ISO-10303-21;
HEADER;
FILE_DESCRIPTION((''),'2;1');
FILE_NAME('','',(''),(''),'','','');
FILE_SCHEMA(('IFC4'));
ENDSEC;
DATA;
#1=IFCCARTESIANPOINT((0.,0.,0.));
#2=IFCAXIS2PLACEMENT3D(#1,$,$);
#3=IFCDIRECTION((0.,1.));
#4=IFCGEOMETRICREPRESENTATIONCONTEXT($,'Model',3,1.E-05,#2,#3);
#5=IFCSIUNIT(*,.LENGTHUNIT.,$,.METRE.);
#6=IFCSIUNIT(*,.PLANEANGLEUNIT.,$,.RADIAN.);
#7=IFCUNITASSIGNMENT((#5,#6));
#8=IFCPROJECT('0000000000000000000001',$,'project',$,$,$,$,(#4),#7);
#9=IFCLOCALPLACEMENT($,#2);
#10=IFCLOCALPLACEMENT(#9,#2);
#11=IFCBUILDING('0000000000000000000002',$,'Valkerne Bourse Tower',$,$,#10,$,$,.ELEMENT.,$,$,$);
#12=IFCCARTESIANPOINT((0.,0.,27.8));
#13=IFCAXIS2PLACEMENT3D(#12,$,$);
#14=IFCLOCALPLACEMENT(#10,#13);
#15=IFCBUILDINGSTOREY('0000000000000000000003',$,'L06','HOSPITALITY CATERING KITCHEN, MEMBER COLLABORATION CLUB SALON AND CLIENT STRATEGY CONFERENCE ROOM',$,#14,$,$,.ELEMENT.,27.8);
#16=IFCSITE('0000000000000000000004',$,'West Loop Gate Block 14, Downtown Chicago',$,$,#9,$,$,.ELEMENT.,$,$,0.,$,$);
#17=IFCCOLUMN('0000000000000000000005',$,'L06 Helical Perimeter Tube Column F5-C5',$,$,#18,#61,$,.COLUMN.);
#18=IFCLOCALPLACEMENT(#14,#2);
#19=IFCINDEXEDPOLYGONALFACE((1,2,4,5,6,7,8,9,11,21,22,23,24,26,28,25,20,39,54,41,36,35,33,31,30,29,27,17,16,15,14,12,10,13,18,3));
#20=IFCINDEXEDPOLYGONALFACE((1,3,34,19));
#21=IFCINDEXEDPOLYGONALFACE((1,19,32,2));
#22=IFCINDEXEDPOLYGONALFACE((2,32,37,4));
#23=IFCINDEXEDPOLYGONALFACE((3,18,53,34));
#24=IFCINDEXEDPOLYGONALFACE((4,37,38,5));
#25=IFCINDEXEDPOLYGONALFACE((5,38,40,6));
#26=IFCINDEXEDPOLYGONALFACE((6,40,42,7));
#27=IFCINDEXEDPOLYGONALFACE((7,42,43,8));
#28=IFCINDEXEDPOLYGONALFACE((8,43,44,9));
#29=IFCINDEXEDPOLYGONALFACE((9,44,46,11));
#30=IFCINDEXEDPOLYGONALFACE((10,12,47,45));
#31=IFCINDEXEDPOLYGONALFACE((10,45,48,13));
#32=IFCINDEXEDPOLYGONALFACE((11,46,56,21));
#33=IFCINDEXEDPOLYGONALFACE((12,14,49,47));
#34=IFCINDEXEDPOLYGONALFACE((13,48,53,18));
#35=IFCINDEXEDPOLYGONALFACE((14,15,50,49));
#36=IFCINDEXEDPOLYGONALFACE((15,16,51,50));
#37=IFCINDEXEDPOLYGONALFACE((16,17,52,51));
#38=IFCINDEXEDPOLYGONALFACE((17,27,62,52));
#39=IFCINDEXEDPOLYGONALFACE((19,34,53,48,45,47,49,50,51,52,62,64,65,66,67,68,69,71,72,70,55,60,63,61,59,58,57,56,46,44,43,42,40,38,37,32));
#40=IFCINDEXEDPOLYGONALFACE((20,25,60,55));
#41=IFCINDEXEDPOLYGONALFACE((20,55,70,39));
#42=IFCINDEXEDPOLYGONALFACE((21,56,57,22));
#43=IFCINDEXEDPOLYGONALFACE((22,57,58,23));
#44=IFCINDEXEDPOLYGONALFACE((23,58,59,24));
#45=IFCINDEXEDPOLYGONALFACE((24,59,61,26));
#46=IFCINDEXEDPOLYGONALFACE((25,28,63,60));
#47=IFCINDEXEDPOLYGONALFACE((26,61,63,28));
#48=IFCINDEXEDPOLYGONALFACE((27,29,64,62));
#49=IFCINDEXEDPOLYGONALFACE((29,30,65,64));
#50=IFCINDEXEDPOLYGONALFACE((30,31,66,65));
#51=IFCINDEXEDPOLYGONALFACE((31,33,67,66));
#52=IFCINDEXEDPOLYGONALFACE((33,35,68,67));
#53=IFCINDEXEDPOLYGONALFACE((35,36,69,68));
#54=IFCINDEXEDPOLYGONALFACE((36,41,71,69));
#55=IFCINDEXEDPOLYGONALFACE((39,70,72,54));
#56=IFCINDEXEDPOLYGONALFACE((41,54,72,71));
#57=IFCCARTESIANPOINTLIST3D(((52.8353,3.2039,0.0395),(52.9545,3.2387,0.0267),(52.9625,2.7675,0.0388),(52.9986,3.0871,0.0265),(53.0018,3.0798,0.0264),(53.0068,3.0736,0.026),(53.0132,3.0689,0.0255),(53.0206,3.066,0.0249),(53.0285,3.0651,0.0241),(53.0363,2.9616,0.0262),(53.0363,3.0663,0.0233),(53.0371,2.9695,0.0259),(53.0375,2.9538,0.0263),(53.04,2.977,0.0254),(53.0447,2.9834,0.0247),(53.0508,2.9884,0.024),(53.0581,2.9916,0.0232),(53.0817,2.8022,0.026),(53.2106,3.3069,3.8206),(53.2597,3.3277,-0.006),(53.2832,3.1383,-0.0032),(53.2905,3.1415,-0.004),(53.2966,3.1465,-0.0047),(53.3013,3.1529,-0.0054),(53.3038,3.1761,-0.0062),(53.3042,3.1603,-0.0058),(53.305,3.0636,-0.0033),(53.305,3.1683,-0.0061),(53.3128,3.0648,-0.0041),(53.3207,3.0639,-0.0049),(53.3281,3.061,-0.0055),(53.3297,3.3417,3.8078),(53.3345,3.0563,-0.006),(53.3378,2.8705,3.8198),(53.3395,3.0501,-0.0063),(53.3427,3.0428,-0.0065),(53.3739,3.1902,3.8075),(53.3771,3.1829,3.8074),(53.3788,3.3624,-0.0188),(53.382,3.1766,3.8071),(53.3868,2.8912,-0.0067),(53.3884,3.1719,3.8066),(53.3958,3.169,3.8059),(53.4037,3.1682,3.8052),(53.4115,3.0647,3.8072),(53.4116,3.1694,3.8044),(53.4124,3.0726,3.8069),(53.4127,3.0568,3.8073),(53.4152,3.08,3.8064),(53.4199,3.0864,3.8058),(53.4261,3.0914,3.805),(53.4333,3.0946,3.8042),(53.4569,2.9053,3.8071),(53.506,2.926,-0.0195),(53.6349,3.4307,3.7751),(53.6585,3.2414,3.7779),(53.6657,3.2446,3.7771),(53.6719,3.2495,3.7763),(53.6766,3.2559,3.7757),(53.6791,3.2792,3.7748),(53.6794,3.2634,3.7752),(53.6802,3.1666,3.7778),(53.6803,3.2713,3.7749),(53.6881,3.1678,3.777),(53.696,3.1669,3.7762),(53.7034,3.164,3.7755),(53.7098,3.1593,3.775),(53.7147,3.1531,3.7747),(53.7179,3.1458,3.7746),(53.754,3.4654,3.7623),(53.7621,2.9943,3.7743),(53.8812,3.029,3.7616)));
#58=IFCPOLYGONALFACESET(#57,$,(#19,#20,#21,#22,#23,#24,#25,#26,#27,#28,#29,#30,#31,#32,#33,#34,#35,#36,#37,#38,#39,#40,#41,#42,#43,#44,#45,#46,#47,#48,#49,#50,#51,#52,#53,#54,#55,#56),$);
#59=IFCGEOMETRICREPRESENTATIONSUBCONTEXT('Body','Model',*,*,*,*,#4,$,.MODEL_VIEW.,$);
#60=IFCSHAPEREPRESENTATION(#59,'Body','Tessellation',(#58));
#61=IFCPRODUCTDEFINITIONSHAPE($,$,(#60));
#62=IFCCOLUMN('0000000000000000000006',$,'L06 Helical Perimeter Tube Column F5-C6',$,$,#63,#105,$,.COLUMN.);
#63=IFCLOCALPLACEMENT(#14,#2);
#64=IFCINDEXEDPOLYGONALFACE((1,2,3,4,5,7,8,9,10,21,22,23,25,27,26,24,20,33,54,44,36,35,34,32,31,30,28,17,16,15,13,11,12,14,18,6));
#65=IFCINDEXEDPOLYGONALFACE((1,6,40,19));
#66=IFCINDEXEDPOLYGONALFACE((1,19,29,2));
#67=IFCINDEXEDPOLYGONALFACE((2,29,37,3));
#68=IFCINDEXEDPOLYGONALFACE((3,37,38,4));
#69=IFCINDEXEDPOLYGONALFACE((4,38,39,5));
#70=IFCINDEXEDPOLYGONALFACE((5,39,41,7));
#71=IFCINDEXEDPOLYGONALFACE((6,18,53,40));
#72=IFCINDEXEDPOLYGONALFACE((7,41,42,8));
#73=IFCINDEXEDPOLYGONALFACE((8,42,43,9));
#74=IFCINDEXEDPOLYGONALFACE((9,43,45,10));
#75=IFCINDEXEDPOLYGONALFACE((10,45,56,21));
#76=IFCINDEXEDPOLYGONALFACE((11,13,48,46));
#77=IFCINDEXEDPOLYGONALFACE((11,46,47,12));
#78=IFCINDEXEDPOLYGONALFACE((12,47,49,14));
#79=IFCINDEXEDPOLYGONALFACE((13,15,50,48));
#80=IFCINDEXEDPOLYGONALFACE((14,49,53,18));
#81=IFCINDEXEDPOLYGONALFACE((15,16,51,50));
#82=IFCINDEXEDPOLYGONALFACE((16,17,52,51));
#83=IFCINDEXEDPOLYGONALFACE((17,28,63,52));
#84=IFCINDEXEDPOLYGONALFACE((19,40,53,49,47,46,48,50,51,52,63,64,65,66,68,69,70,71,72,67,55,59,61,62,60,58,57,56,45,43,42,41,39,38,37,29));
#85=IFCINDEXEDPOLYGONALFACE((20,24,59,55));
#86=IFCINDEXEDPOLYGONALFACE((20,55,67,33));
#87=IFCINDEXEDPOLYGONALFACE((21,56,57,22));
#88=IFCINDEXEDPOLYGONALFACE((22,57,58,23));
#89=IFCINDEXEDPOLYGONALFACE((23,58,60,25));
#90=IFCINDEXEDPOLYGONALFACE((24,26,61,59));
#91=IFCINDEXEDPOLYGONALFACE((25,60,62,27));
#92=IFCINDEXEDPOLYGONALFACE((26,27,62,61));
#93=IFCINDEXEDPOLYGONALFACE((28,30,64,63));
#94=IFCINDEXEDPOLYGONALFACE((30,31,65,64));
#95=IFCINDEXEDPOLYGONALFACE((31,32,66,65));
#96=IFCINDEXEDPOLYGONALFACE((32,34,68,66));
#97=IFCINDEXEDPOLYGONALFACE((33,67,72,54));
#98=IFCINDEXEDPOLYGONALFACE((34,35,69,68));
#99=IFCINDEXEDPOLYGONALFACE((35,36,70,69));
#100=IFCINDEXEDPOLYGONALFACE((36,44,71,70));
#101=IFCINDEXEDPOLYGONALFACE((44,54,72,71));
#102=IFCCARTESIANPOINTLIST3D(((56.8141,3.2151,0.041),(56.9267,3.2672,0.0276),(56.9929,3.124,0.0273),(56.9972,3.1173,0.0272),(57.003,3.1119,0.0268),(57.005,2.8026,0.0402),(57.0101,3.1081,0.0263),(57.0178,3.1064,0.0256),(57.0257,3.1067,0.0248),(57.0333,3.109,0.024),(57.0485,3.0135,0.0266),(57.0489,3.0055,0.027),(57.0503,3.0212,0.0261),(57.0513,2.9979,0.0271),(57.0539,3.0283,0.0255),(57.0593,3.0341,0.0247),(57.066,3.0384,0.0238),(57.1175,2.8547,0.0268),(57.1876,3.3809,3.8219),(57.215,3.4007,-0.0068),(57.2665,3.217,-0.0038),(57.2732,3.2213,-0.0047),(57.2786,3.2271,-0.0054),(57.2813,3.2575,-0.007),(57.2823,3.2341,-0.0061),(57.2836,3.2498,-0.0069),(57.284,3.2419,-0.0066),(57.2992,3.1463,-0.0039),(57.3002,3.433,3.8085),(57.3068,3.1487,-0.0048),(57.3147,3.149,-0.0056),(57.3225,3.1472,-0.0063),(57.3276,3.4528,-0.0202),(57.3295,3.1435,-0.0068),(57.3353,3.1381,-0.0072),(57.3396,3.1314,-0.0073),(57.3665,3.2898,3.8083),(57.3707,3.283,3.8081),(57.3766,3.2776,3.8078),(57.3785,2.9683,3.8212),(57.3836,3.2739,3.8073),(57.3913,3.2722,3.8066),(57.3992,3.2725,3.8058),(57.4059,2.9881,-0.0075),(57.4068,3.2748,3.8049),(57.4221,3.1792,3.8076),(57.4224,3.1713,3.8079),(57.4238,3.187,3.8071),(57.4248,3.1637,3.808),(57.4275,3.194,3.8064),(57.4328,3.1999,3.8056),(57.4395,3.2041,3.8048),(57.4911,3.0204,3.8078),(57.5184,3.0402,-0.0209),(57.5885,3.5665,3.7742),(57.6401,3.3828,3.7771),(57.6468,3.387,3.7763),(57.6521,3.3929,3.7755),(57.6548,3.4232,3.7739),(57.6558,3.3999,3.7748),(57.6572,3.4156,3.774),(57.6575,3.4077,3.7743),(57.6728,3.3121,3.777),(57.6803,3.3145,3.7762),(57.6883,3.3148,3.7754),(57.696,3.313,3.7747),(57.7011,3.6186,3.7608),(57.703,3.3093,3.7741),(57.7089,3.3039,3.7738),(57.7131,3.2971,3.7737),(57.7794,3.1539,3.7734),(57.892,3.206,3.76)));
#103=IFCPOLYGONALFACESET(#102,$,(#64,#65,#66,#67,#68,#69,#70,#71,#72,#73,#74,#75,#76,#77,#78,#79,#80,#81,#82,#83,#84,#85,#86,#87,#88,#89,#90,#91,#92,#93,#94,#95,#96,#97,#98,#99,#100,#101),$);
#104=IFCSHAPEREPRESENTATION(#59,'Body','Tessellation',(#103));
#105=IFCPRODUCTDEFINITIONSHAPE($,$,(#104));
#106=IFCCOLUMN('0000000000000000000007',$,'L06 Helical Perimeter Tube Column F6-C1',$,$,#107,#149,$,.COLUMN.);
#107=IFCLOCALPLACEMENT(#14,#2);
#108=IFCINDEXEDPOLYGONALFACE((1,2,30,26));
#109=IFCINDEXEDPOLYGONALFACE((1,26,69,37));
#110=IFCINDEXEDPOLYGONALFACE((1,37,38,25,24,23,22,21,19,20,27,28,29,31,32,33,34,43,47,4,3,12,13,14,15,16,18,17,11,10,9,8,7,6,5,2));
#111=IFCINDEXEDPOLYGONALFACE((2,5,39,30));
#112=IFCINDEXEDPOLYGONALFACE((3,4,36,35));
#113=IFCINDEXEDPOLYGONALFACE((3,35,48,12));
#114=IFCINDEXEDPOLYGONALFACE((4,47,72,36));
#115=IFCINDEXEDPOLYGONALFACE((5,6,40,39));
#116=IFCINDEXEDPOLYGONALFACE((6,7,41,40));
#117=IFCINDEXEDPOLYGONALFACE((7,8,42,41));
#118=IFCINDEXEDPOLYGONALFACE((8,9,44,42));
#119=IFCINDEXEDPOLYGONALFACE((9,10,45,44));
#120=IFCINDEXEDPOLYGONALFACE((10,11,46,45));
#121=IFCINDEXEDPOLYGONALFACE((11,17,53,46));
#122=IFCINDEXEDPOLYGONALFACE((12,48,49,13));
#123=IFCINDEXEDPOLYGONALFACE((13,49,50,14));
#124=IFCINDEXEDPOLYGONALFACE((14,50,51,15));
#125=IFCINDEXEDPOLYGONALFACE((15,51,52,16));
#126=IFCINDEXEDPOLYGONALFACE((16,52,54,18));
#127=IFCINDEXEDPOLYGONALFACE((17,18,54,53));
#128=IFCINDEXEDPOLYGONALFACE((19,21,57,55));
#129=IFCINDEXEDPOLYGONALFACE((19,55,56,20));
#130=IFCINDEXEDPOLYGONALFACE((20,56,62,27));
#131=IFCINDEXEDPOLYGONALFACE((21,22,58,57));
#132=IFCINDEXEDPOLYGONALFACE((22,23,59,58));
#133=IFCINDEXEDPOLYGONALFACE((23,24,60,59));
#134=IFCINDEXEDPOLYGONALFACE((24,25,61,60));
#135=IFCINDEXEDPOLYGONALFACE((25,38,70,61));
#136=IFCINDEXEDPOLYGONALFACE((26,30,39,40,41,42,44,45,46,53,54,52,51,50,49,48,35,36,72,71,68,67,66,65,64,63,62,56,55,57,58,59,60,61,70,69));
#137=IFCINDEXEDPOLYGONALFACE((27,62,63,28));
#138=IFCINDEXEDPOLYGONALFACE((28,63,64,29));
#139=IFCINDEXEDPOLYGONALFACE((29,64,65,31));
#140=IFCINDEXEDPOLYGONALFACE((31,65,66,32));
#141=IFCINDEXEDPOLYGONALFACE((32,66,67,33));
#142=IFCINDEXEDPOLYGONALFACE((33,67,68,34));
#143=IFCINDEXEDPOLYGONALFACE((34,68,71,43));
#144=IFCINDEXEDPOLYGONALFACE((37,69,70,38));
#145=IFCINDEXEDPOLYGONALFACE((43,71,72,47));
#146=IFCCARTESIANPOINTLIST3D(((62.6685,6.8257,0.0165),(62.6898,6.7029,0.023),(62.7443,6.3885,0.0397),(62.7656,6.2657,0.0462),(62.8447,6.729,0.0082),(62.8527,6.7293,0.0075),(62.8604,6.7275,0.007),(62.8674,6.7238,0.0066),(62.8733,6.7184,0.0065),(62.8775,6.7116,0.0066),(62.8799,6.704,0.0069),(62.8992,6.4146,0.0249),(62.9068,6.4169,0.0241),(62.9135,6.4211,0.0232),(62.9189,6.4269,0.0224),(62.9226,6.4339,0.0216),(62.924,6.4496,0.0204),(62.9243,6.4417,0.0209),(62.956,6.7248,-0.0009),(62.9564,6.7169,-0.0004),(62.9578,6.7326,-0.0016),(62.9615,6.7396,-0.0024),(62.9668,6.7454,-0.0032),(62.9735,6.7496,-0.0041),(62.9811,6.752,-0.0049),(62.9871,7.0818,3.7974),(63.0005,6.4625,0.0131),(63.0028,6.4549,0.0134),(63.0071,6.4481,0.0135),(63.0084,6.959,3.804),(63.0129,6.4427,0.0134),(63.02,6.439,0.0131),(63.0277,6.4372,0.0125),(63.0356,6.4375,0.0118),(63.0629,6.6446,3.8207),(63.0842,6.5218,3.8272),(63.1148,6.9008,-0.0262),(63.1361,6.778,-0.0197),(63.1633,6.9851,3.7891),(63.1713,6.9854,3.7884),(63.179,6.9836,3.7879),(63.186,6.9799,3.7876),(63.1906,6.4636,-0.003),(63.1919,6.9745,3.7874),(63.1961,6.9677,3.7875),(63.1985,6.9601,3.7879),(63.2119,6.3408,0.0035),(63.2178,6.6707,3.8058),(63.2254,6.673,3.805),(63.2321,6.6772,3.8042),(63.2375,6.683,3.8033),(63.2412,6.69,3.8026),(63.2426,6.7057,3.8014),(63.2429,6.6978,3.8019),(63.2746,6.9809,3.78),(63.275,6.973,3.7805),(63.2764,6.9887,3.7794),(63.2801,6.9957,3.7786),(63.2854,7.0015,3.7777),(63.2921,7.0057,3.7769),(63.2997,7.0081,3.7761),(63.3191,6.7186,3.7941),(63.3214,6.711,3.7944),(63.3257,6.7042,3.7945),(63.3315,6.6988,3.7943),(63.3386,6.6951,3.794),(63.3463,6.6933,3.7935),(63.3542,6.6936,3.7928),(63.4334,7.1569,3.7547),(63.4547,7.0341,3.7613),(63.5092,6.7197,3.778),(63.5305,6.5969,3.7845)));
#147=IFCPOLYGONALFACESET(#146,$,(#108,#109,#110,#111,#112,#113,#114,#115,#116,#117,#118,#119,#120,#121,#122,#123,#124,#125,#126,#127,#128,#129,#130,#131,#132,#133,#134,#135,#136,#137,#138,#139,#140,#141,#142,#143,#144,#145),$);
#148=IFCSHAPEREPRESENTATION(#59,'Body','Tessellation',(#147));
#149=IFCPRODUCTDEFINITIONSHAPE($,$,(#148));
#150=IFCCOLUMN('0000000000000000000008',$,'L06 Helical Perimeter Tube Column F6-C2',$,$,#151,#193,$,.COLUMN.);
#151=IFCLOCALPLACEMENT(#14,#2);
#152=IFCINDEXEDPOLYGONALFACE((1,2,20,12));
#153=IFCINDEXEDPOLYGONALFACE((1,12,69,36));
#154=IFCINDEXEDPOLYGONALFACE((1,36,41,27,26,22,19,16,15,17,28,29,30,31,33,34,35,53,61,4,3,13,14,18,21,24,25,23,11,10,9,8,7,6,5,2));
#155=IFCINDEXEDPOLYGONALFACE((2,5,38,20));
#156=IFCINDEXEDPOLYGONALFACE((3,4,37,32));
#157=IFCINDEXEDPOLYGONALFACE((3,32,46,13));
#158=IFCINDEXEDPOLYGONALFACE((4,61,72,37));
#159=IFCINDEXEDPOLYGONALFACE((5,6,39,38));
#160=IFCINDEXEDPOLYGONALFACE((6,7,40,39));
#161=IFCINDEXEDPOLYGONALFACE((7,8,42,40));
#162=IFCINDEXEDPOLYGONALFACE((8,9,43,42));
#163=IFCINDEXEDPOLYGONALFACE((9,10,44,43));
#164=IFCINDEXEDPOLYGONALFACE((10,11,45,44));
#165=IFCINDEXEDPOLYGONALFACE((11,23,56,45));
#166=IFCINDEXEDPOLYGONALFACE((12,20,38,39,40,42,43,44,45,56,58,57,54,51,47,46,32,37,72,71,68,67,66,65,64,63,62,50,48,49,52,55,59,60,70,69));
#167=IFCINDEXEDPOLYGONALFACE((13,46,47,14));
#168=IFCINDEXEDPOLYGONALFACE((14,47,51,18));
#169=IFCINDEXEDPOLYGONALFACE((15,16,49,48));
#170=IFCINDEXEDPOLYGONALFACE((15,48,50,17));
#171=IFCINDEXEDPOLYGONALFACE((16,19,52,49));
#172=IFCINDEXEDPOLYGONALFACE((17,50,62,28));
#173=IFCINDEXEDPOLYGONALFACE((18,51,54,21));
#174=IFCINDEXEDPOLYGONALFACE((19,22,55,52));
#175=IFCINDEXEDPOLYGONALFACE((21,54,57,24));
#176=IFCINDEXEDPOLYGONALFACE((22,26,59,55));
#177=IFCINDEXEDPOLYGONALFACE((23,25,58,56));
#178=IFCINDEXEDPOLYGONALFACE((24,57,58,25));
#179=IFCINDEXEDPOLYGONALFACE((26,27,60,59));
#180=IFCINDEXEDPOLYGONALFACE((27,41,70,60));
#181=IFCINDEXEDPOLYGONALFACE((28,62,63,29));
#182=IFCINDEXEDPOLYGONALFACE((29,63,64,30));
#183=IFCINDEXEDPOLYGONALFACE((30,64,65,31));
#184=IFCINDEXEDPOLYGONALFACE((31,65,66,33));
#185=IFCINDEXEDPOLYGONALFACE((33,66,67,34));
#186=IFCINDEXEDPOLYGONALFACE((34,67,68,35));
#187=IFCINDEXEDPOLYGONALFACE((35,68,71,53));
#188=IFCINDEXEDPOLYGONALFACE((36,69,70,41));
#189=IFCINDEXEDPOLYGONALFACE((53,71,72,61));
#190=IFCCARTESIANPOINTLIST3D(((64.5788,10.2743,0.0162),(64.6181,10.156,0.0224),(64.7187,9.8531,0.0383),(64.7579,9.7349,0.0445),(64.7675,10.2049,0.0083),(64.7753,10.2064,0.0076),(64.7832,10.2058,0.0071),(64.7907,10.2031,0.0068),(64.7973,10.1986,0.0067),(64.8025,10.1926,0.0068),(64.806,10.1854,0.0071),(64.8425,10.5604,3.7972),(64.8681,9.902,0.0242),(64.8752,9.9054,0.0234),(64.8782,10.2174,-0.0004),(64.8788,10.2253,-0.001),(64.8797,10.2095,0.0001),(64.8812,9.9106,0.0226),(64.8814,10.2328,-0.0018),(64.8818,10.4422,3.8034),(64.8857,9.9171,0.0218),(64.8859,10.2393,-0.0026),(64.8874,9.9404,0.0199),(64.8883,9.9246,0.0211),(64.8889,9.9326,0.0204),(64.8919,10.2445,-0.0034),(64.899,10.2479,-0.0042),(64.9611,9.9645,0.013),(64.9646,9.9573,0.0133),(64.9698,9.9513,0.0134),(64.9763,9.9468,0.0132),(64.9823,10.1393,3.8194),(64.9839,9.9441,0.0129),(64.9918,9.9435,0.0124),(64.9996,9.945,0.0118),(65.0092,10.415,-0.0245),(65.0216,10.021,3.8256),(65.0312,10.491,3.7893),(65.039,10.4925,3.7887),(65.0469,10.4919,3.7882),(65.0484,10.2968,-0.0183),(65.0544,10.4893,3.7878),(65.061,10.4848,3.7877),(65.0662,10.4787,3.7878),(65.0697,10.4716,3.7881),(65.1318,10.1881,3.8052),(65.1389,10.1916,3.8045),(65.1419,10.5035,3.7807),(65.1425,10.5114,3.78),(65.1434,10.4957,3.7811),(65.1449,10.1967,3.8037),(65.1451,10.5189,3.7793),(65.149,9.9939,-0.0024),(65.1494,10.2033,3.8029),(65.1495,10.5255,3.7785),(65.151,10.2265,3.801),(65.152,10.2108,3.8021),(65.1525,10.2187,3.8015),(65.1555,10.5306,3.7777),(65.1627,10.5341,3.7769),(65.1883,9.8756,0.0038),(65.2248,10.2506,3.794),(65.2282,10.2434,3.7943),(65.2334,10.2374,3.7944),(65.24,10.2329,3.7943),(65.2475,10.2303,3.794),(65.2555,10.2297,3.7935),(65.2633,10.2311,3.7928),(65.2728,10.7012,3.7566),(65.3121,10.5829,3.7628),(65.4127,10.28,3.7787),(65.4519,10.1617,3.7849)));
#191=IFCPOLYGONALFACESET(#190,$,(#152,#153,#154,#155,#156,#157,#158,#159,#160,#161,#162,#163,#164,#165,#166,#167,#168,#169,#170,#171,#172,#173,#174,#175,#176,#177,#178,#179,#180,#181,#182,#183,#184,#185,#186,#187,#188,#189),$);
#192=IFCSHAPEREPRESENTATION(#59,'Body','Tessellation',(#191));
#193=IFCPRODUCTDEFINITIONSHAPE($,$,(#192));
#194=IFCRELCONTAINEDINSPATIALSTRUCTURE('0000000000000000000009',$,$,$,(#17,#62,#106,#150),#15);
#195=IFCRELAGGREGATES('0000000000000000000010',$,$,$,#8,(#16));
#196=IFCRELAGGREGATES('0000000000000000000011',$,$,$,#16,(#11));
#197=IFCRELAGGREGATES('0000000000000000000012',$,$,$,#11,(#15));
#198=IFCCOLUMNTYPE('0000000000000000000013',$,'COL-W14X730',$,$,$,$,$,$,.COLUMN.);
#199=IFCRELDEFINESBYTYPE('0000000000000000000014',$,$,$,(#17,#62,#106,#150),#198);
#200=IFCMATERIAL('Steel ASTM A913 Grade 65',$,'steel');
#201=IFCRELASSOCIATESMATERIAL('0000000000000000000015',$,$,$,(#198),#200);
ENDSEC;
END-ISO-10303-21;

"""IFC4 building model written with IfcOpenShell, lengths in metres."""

from ifc_helpers import new_model, si_unit, direction, frame, origin, origin_2d, place, context, subcontext, project, spatial, i_section, extrude, material, material_profile, profile_set, type_object, element, save


model = new_model("IFC4")

# Units and contexts
model_context = context("Model", 3, precision=1e-05, world=origin(), true_north=direction((0.0, 1.0)))
body_context = subcontext(model_context, "Body", "Model", "MODEL_VIEW")
ifc_project = project(units=[si_unit("LENGTHUNIT", "METRE"), si_unit("PLANEANGLEUNIT", "RADIAN")], contexts=[model_context])

# Site, building, storey
site_placement = place(None, origin())
site = spatial("IfcSite", under=ifc_project, at=site_placement, Name="West Loop Gate Block 14, Downtown Chicago", CompositionType="ELEMENT", RefElevation=0.0)
building_placement = place(site_placement, origin())
building = spatial("IfcBuilding", under=site, at=building_placement, Name="Valkerne Bourse Tower", CompositionType="ELEMENT")
storey_placement = place(building_placement, frame((0.0, 0.0, 27.8)))
storey = spatial("IfcBuildingStorey", under=building, at=storey_placement, Name="L06", Description="HOSPITALITY CATERING KITCHEN, MEMBER COLLABORATION CLUB SALON AND CLIENT STRATEGY CONFERENCE ROOM", CompositionType="ELEMENT", Elevation=27.8)

# Columns
ifc_material_1 = material(Name="Steel ASTM A913 Grade 65", Category="steel")
ifc_material_profile_1 = material_profile(ifc_material_1, i_section(OverallWidth=0.4546, OverallDepth=0.5691, WebThickness=0.0779, FlangeThickness=0.1248, FilletRadius=0.0305, at=origin_2d()), Name="W14X730")
ifc_profile_set_1 = profile_set([ifc_material_profile_1], Name="Steel ASTM A913 Grade 65")
column_type = type_object("IfcColumnType", Name="COL-W14X730", PredefinedType="COLUMN", material=ifc_profile_set_1)
column_1_placement = place(storey_placement, frame((53.1707, 3.0649, 0.01), z_axis=(0.098723, 0.027105, 0.994746), x_axis=(-0.279797, 0.960058, 0.001608)))
element("IfcColumn", 1, at=column_1_placement, inside=storey, type_object=column_type, Name="L06 Helical Perimeter Tube Column F5-C5", PredefinedType="COLUMN", context=body_context, shape_type="SweptSolid", body=[
    extrude(i_section(OverallWidth=0.4546, OverallDepth=0.5691, WebThickness=0.0779, FlangeThickness=0.1248, FilletRadius=0.0305, at=origin_2d()), origin(), (0.0, 0.0, 1.0), 3.801),
])
for number, where, z_axis, x_axis, name in (
    (2, (57.1663, 3.1277, 0.01), (0.09822, 0.043589, 0.99421), (-0.419863, 0.907586, 0.001688), "L06 Helical Perimeter Tube Column F5-C6"),
    (3, (62.9402, 6.5833, 0.01), (0.083776, 0.067342, 0.994207), (-0.981777, -0.165205, 0.093919), "L06 Helical Perimeter Tube Column F6-C1"),
):
    element("IfcColumn", number, at=place(storey_placement, frame(where, z_axis=z_axis, x_axis=x_axis)), inside=storey, type_object=column_type, Name=name, PredefinedType="COLUMN", context=body_context, shape_type="SweptSolid", body=[
        extrude(i_section(OverallWidth=0.4546, OverallDepth=0.5691, WebThickness=0.0779, FlangeThickness=0.1248, FilletRadius=0.0305, at=origin_2d()), origin(), (0.0, 0.0, 1.0), 3.803),
    ])
column_2_placement = place(storey_placement, frame((64.8835, 10.075, 0.01), z_axis=(0.06937, 0.075279, 0.994747), x_axis=(-0.946647, -0.309612, 0.089446)))
element("IfcColumn", 4, at=column_2_placement, inside=storey, type_object=column_type, Name="L06 Helical Perimeter Tube Column F6-C2", PredefinedType="COLUMN", context=body_context, shape_type="SweptSolid", body=[
    extrude(i_section(OverallWidth=0.4546, OverallDepth=0.5691, WebThickness=0.0779, FlangeThickness=0.1248, FilletRadius=0.0305, at=origin_2d()), origin(), (0.0, 0.0, 1.0), 3.801),
])

save(model, "model.ifc")
